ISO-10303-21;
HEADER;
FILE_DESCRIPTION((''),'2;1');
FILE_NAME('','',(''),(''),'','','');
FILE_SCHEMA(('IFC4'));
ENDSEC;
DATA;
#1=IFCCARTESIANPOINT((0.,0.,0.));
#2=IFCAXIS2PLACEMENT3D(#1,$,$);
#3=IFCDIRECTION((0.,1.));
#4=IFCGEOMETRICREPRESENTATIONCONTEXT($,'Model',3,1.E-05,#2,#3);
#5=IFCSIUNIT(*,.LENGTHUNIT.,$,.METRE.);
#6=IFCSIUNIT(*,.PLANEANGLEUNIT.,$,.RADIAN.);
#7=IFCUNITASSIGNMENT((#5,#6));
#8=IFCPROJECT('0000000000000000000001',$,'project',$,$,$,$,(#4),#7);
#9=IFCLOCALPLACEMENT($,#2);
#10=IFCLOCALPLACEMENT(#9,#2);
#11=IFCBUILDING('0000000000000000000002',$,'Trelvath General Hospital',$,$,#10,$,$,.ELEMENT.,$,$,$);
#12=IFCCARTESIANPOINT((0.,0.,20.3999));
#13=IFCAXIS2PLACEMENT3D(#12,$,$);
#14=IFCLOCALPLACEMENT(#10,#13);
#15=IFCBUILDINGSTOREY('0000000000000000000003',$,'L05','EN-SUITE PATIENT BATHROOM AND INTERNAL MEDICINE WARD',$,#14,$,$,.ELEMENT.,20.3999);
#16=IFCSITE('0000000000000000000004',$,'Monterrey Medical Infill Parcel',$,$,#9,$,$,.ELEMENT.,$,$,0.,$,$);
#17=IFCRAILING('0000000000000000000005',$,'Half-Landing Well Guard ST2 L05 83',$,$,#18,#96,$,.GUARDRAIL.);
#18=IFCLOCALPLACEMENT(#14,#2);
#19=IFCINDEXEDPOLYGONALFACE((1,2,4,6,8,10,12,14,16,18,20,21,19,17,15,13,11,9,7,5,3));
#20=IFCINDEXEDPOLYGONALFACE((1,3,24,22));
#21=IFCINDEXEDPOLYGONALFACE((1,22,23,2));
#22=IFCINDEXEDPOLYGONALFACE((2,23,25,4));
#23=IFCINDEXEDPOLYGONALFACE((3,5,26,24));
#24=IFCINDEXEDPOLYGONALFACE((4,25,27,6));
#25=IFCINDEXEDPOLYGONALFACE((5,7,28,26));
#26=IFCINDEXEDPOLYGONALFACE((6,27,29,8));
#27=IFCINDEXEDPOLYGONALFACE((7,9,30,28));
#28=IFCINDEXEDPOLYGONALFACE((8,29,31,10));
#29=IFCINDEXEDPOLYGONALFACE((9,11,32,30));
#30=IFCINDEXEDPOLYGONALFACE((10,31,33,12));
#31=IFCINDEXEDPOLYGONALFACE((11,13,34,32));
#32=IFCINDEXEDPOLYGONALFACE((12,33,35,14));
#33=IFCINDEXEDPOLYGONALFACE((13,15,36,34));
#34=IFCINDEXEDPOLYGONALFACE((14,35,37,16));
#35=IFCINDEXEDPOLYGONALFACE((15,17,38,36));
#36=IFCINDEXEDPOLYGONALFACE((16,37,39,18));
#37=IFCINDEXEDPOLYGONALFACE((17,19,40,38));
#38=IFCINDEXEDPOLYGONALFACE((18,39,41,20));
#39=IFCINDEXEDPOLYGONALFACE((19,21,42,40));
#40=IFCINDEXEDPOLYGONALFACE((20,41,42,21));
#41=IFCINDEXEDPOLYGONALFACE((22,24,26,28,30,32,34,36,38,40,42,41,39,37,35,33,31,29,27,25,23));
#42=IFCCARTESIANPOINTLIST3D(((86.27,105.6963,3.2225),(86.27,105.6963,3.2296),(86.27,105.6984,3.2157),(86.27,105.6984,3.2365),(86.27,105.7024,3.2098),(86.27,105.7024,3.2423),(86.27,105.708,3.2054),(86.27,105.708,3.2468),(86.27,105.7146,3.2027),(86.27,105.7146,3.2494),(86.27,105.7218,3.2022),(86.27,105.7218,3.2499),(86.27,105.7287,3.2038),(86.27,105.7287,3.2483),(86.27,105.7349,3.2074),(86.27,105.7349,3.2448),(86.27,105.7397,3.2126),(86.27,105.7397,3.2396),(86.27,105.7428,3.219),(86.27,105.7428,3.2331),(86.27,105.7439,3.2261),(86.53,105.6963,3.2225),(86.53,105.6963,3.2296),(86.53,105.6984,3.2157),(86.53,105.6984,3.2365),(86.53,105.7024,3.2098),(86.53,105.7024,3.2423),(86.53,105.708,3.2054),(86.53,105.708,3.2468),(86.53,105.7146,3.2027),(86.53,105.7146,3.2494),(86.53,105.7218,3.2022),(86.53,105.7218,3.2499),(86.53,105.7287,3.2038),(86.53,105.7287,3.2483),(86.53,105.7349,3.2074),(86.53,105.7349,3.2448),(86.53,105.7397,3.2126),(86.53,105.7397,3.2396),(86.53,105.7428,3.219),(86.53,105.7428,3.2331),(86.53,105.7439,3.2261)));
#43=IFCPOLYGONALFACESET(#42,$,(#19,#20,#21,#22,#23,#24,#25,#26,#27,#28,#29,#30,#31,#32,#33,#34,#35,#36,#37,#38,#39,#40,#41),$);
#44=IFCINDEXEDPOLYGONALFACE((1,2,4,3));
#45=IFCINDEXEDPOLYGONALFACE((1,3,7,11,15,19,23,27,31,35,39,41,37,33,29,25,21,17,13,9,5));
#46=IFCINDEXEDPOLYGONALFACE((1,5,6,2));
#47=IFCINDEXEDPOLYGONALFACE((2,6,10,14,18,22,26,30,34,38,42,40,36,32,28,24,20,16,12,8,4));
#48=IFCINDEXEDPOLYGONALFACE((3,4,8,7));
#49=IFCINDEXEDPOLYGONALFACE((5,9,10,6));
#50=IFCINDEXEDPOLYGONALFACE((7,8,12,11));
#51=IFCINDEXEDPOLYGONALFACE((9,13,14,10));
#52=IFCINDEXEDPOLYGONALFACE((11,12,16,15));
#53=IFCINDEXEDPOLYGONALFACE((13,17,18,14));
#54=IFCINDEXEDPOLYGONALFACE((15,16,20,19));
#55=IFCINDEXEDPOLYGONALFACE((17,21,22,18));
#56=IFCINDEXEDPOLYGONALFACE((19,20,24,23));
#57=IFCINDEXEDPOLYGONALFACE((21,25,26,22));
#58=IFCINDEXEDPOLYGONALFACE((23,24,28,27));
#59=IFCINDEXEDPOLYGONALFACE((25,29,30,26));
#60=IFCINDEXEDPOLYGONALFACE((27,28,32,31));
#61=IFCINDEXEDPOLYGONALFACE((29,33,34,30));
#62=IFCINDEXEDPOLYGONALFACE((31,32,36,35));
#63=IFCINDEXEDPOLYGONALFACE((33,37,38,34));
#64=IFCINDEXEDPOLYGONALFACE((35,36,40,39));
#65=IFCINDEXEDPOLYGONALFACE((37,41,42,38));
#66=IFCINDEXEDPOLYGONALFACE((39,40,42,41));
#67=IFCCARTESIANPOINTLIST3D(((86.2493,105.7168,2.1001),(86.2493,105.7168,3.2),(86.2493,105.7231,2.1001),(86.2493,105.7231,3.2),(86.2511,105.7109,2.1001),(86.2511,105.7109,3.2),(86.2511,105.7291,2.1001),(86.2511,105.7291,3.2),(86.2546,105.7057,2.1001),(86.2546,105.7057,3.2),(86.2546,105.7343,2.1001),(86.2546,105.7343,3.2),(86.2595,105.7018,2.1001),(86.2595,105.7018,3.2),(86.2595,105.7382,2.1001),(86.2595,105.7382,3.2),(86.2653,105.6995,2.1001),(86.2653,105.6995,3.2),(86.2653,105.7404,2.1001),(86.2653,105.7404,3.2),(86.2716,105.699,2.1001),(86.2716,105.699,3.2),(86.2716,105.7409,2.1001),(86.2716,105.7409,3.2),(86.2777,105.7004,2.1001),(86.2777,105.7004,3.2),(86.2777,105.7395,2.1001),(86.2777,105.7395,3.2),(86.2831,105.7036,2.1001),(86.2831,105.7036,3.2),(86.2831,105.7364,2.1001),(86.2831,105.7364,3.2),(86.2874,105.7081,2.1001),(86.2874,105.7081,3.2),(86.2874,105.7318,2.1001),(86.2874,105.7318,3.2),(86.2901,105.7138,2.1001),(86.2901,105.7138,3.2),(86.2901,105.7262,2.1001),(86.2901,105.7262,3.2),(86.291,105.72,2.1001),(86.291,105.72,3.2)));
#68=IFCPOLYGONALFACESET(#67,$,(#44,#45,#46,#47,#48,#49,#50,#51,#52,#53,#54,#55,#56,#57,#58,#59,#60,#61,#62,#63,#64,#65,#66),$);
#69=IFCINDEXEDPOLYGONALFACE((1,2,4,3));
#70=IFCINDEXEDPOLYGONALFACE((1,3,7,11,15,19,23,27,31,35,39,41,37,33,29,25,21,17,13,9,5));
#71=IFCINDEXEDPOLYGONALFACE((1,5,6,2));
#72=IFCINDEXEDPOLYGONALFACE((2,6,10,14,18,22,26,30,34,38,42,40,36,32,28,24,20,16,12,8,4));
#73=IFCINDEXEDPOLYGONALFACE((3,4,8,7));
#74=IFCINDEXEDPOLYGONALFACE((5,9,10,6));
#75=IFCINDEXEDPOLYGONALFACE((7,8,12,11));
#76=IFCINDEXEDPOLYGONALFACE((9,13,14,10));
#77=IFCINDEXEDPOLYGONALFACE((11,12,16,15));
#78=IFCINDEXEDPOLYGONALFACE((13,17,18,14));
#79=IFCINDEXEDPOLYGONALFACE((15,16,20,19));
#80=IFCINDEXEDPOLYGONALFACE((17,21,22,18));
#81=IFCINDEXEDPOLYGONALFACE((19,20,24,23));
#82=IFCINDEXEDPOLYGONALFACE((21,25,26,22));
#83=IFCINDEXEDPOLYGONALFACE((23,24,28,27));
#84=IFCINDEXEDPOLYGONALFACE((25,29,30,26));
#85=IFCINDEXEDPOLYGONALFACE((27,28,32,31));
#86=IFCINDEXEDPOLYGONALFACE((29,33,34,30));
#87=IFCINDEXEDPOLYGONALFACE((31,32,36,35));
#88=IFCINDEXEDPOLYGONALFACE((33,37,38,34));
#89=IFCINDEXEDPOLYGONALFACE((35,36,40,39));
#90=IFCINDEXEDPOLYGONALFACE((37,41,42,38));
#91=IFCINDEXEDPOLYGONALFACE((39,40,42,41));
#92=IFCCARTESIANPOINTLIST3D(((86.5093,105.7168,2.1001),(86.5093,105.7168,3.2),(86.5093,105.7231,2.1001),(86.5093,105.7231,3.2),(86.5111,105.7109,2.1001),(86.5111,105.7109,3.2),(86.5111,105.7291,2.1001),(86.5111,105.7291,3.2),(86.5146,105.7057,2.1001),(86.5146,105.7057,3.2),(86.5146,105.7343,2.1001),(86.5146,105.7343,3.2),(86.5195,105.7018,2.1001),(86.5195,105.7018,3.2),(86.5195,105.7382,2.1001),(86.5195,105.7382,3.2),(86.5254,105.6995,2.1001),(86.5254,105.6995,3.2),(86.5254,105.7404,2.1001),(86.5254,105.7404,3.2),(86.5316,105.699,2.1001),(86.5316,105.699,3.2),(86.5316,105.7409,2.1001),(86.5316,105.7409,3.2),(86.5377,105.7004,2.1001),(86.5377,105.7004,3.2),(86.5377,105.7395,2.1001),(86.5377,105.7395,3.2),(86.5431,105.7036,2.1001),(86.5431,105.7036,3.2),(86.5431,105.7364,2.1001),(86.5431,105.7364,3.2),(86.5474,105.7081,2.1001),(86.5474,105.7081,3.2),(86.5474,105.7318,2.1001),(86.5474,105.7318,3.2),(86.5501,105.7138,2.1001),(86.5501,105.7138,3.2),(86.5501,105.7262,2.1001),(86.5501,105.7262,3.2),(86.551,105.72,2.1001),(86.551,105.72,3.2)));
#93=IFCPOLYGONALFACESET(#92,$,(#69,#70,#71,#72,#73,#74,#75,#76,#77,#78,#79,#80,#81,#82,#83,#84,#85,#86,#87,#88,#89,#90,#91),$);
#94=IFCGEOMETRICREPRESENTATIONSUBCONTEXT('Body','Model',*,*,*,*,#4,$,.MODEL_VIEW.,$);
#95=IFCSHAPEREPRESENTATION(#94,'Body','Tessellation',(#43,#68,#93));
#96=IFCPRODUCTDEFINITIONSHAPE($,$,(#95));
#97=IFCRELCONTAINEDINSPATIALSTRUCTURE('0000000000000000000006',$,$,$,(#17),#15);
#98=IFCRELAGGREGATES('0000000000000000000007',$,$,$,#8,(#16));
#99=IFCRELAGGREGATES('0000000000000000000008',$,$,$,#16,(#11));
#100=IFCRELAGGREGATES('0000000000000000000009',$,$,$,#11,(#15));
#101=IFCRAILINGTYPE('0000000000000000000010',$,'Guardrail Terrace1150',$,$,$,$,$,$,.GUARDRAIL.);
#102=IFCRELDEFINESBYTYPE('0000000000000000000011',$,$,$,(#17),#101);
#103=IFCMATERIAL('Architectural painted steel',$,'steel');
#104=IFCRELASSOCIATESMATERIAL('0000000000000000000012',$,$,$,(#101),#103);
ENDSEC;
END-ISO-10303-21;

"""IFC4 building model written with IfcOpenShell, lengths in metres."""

from ifc_helpers import new_model, si_unit, direction, frame, origin, origin_2d, place, context, subcontext, project, spatial, circle, extrude, material, type_object, element, save


model = new_model("IFC4")

# Units and contexts
model_context = context("Model", 3, precision=1e-05, world=origin(), true_north=direction((0.0, 1.0)))
body_context = subcontext(model_context, "Body", "Model", "MODEL_VIEW")
ifc_project = project(units=[si_unit("LENGTHUNIT", "METRE"), si_unit("PLANEANGLEUNIT", "RADIAN")], contexts=[model_context])

# Site, building, storey
site_placement = place(None, origin())
site = spatial("IfcSite", under=ifc_project, at=site_placement, Name="Monterrey Medical Infill Parcel", CompositionType="ELEMENT", RefElevation=0.0)
building_placement = place(site_placement, origin())
building = spatial("IfcBuilding", under=site, at=building_placement, Name="Trelvath General Hospital", CompositionType="ELEMENT")
storey_placement = place(building_placement, frame((0.0, 0.0, 20.3999)))
storey = spatial("IfcBuildingStorey", under=building, at=storey_placement, Name="L05", Description="EN-SUITE PATIENT BATHROOM AND INTERNAL MEDICINE WARD", CompositionType="ELEMENT", Elevation=20.3999)

# Railing
ifc_material_1 = material(Name="Architectural painted steel", Category="steel")
railing_type_1 = type_object("IfcRailingType", Name="Guardrail Terrace1150", PredefinedType="GUARDRAIL", material=ifc_material_1)
railing_1_placement = place(storey_placement, frame((86.27, 105.72, 2.1001)))
element("IfcRailing", 1, at=railing_1_placement, inside=storey, type_object=railing_type_1, Name="Half-Landing Well Guard ST2 L05 83", PredefinedType="GUARDRAIL", context=body_context, shape_type="SweptSolid", body=[
    extrude(circle(Radius=0.0239, at=origin_2d()), frame((0.0, 0.0, 1.126), z_axis=(1.0, 0.0, 0.0), x_axis=(0.0, 1.0, 0.0)), (0.0, 0.0, 1.0), 0.26),
    extrude(circle(Radius=0.021, at=origin_2d()), origin(), (0.0, 0.0, 1.0), 1.0999),
    extrude(circle(Radius=0.021, at=origin_2d()), frame((0.26, 0.0, 0.0)), (0.0, 0.0, 1.0), 1.0999),
])

save(model, "model.ifc")
